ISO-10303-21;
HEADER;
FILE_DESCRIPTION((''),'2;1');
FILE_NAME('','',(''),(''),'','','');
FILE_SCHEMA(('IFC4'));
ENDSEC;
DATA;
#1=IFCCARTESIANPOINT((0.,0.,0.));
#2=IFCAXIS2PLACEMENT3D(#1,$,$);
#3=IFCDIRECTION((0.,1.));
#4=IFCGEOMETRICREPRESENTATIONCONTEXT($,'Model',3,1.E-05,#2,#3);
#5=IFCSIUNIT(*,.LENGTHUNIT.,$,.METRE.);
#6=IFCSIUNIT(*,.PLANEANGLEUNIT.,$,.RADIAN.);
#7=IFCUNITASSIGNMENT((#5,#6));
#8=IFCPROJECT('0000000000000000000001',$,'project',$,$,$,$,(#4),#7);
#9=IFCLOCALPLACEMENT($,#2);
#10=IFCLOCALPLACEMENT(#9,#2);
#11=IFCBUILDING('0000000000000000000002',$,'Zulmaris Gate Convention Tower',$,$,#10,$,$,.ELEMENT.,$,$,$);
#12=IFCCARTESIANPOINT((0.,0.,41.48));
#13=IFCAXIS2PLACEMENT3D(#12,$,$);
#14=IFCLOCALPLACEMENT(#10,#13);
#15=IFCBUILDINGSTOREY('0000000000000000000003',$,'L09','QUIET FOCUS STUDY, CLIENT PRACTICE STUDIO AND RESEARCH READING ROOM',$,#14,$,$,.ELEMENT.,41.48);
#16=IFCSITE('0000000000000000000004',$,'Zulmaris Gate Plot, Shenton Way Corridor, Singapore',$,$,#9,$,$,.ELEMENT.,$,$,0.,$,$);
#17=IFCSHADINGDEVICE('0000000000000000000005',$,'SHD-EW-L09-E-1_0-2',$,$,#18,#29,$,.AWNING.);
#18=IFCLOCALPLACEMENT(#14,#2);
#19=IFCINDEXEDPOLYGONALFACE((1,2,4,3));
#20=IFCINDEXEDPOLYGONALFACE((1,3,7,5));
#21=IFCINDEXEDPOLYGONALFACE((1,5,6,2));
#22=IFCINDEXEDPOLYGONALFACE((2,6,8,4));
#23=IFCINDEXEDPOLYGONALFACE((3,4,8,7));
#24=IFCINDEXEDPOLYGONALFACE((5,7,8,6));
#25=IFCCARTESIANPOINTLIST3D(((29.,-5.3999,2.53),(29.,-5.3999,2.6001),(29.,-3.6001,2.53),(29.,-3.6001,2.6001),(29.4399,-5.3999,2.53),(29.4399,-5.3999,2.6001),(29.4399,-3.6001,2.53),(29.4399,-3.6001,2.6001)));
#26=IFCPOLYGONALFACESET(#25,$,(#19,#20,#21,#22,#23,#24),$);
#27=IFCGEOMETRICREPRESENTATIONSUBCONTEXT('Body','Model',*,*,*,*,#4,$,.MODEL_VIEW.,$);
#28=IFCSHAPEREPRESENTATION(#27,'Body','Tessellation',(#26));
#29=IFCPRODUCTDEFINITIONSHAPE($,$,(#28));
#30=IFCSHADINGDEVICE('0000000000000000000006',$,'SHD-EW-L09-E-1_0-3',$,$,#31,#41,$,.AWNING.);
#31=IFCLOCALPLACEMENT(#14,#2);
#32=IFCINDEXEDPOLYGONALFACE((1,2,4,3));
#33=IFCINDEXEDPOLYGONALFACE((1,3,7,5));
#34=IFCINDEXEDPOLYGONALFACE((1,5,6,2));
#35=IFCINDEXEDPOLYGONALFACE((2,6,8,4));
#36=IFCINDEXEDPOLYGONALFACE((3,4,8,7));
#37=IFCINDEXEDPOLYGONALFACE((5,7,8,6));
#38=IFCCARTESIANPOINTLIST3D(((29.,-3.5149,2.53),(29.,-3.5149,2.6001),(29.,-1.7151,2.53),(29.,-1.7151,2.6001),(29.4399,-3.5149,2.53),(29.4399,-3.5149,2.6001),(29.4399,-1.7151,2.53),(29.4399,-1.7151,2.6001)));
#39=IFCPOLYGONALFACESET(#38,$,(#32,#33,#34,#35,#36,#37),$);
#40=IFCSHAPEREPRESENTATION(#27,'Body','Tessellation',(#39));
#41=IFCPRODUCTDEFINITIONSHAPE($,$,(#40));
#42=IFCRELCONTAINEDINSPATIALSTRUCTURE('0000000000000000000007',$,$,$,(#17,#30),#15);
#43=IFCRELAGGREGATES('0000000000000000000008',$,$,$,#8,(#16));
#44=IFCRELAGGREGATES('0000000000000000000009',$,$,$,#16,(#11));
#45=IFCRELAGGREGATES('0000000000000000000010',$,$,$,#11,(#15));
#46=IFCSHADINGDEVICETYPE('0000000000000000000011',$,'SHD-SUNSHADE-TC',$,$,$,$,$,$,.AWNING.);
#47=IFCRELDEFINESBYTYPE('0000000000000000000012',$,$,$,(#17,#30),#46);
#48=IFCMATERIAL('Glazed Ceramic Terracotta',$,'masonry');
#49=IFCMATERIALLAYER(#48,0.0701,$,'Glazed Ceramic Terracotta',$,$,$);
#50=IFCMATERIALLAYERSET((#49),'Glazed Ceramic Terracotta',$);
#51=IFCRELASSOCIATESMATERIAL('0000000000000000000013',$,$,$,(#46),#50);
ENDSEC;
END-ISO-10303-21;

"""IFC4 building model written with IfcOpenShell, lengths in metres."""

from ifc_helpers import new_model, si_unit, direction, frame, frame_2d, origin, place, context, subcontext, project, spatial, rectangle, extrude, material, layer, layer_set, type_object, element, save


model = new_model("IFC4")

# Units and contexts
model_context = context("Model", 3, precision=1e-05, world=origin(), true_north=direction((0.0, 1.0)))
body_context = subcontext(model_context, "Body", "Model", "MODEL_VIEW")
ifc_project = project(units=[si_unit("LENGTHUNIT", "METRE"), si_unit("PLANEANGLEUNIT", "RADIAN")], contexts=[model_context])

# Site, building, storey
site_placement = place(None, origin())
site = spatial("IfcSite", under=ifc_project, at=site_placement, Name="Zulmaris Gate Plot, Shenton Way Corridor, Singapore", CompositionType="ELEMENT", RefElevation=0.0)
building_placement = place(site_placement, origin())
building = spatial("IfcBuilding", under=site, at=building_placement, Name="Zulmaris Gate Convention Tower", CompositionType="ELEMENT")
storey_placement = place(building_placement, frame((0.0, 0.0, 41.48)))
storey = spatial("IfcBuildingStorey", under=building, at=storey_placement, Name="L09", Description="QUIET FOCUS STUDY, CLIENT PRACTICE STUDIO AND RESEARCH READING ROOM", CompositionType="ELEMENT", Elevation=41.48)

# Shading devices
ifc_material_1 = material(Name="Glazed Ceramic Terracotta", Category="masonry")
ifc_layer_1 = layer(ifc_material_1, 0.0701, Name="Glazed Ceramic Terracotta")
ifc_layer_set_1 = layer_set([ifc_layer_1], Name="Glazed Ceramic Terracotta")
shading_device_type = type_object("IfcShadingDeviceType", Name="SHD-SUNSHADE-TC", PredefinedType="AWNING", material=ifc_layer_set_1)
for number, where, z_axis, x_axis, name in (
    (1, (29.22, -5.3999, 2.53), (0.0, 0.0, 1.0), (0.0, 1.0, 0.0), "SHD-EW-L09-E-1_0-2"),
    (2, (29.22, -3.5149, 2.53), (0.0, 0.0, 1.0), (0.0, 1.0, 0.0), "SHD-EW-L09-E-1_0-3"),
):
    element("IfcShadingDevice", number, at=place(storey_placement, frame(where, z_axis=z_axis, x_axis=x_axis)), inside=storey, type_object=shading_device_type, Name=name, PredefinedType="AWNING", context=body_context, shape_type="SweptSolid", body=[
        extrude(rectangle(XDim=1.7998, YDim=0.4399, at=frame_2d((0.8999, 0.0))), origin(), (0.0, 0.0, 1.0), 0.0701),
    ])

save(model, "model.ifc")
